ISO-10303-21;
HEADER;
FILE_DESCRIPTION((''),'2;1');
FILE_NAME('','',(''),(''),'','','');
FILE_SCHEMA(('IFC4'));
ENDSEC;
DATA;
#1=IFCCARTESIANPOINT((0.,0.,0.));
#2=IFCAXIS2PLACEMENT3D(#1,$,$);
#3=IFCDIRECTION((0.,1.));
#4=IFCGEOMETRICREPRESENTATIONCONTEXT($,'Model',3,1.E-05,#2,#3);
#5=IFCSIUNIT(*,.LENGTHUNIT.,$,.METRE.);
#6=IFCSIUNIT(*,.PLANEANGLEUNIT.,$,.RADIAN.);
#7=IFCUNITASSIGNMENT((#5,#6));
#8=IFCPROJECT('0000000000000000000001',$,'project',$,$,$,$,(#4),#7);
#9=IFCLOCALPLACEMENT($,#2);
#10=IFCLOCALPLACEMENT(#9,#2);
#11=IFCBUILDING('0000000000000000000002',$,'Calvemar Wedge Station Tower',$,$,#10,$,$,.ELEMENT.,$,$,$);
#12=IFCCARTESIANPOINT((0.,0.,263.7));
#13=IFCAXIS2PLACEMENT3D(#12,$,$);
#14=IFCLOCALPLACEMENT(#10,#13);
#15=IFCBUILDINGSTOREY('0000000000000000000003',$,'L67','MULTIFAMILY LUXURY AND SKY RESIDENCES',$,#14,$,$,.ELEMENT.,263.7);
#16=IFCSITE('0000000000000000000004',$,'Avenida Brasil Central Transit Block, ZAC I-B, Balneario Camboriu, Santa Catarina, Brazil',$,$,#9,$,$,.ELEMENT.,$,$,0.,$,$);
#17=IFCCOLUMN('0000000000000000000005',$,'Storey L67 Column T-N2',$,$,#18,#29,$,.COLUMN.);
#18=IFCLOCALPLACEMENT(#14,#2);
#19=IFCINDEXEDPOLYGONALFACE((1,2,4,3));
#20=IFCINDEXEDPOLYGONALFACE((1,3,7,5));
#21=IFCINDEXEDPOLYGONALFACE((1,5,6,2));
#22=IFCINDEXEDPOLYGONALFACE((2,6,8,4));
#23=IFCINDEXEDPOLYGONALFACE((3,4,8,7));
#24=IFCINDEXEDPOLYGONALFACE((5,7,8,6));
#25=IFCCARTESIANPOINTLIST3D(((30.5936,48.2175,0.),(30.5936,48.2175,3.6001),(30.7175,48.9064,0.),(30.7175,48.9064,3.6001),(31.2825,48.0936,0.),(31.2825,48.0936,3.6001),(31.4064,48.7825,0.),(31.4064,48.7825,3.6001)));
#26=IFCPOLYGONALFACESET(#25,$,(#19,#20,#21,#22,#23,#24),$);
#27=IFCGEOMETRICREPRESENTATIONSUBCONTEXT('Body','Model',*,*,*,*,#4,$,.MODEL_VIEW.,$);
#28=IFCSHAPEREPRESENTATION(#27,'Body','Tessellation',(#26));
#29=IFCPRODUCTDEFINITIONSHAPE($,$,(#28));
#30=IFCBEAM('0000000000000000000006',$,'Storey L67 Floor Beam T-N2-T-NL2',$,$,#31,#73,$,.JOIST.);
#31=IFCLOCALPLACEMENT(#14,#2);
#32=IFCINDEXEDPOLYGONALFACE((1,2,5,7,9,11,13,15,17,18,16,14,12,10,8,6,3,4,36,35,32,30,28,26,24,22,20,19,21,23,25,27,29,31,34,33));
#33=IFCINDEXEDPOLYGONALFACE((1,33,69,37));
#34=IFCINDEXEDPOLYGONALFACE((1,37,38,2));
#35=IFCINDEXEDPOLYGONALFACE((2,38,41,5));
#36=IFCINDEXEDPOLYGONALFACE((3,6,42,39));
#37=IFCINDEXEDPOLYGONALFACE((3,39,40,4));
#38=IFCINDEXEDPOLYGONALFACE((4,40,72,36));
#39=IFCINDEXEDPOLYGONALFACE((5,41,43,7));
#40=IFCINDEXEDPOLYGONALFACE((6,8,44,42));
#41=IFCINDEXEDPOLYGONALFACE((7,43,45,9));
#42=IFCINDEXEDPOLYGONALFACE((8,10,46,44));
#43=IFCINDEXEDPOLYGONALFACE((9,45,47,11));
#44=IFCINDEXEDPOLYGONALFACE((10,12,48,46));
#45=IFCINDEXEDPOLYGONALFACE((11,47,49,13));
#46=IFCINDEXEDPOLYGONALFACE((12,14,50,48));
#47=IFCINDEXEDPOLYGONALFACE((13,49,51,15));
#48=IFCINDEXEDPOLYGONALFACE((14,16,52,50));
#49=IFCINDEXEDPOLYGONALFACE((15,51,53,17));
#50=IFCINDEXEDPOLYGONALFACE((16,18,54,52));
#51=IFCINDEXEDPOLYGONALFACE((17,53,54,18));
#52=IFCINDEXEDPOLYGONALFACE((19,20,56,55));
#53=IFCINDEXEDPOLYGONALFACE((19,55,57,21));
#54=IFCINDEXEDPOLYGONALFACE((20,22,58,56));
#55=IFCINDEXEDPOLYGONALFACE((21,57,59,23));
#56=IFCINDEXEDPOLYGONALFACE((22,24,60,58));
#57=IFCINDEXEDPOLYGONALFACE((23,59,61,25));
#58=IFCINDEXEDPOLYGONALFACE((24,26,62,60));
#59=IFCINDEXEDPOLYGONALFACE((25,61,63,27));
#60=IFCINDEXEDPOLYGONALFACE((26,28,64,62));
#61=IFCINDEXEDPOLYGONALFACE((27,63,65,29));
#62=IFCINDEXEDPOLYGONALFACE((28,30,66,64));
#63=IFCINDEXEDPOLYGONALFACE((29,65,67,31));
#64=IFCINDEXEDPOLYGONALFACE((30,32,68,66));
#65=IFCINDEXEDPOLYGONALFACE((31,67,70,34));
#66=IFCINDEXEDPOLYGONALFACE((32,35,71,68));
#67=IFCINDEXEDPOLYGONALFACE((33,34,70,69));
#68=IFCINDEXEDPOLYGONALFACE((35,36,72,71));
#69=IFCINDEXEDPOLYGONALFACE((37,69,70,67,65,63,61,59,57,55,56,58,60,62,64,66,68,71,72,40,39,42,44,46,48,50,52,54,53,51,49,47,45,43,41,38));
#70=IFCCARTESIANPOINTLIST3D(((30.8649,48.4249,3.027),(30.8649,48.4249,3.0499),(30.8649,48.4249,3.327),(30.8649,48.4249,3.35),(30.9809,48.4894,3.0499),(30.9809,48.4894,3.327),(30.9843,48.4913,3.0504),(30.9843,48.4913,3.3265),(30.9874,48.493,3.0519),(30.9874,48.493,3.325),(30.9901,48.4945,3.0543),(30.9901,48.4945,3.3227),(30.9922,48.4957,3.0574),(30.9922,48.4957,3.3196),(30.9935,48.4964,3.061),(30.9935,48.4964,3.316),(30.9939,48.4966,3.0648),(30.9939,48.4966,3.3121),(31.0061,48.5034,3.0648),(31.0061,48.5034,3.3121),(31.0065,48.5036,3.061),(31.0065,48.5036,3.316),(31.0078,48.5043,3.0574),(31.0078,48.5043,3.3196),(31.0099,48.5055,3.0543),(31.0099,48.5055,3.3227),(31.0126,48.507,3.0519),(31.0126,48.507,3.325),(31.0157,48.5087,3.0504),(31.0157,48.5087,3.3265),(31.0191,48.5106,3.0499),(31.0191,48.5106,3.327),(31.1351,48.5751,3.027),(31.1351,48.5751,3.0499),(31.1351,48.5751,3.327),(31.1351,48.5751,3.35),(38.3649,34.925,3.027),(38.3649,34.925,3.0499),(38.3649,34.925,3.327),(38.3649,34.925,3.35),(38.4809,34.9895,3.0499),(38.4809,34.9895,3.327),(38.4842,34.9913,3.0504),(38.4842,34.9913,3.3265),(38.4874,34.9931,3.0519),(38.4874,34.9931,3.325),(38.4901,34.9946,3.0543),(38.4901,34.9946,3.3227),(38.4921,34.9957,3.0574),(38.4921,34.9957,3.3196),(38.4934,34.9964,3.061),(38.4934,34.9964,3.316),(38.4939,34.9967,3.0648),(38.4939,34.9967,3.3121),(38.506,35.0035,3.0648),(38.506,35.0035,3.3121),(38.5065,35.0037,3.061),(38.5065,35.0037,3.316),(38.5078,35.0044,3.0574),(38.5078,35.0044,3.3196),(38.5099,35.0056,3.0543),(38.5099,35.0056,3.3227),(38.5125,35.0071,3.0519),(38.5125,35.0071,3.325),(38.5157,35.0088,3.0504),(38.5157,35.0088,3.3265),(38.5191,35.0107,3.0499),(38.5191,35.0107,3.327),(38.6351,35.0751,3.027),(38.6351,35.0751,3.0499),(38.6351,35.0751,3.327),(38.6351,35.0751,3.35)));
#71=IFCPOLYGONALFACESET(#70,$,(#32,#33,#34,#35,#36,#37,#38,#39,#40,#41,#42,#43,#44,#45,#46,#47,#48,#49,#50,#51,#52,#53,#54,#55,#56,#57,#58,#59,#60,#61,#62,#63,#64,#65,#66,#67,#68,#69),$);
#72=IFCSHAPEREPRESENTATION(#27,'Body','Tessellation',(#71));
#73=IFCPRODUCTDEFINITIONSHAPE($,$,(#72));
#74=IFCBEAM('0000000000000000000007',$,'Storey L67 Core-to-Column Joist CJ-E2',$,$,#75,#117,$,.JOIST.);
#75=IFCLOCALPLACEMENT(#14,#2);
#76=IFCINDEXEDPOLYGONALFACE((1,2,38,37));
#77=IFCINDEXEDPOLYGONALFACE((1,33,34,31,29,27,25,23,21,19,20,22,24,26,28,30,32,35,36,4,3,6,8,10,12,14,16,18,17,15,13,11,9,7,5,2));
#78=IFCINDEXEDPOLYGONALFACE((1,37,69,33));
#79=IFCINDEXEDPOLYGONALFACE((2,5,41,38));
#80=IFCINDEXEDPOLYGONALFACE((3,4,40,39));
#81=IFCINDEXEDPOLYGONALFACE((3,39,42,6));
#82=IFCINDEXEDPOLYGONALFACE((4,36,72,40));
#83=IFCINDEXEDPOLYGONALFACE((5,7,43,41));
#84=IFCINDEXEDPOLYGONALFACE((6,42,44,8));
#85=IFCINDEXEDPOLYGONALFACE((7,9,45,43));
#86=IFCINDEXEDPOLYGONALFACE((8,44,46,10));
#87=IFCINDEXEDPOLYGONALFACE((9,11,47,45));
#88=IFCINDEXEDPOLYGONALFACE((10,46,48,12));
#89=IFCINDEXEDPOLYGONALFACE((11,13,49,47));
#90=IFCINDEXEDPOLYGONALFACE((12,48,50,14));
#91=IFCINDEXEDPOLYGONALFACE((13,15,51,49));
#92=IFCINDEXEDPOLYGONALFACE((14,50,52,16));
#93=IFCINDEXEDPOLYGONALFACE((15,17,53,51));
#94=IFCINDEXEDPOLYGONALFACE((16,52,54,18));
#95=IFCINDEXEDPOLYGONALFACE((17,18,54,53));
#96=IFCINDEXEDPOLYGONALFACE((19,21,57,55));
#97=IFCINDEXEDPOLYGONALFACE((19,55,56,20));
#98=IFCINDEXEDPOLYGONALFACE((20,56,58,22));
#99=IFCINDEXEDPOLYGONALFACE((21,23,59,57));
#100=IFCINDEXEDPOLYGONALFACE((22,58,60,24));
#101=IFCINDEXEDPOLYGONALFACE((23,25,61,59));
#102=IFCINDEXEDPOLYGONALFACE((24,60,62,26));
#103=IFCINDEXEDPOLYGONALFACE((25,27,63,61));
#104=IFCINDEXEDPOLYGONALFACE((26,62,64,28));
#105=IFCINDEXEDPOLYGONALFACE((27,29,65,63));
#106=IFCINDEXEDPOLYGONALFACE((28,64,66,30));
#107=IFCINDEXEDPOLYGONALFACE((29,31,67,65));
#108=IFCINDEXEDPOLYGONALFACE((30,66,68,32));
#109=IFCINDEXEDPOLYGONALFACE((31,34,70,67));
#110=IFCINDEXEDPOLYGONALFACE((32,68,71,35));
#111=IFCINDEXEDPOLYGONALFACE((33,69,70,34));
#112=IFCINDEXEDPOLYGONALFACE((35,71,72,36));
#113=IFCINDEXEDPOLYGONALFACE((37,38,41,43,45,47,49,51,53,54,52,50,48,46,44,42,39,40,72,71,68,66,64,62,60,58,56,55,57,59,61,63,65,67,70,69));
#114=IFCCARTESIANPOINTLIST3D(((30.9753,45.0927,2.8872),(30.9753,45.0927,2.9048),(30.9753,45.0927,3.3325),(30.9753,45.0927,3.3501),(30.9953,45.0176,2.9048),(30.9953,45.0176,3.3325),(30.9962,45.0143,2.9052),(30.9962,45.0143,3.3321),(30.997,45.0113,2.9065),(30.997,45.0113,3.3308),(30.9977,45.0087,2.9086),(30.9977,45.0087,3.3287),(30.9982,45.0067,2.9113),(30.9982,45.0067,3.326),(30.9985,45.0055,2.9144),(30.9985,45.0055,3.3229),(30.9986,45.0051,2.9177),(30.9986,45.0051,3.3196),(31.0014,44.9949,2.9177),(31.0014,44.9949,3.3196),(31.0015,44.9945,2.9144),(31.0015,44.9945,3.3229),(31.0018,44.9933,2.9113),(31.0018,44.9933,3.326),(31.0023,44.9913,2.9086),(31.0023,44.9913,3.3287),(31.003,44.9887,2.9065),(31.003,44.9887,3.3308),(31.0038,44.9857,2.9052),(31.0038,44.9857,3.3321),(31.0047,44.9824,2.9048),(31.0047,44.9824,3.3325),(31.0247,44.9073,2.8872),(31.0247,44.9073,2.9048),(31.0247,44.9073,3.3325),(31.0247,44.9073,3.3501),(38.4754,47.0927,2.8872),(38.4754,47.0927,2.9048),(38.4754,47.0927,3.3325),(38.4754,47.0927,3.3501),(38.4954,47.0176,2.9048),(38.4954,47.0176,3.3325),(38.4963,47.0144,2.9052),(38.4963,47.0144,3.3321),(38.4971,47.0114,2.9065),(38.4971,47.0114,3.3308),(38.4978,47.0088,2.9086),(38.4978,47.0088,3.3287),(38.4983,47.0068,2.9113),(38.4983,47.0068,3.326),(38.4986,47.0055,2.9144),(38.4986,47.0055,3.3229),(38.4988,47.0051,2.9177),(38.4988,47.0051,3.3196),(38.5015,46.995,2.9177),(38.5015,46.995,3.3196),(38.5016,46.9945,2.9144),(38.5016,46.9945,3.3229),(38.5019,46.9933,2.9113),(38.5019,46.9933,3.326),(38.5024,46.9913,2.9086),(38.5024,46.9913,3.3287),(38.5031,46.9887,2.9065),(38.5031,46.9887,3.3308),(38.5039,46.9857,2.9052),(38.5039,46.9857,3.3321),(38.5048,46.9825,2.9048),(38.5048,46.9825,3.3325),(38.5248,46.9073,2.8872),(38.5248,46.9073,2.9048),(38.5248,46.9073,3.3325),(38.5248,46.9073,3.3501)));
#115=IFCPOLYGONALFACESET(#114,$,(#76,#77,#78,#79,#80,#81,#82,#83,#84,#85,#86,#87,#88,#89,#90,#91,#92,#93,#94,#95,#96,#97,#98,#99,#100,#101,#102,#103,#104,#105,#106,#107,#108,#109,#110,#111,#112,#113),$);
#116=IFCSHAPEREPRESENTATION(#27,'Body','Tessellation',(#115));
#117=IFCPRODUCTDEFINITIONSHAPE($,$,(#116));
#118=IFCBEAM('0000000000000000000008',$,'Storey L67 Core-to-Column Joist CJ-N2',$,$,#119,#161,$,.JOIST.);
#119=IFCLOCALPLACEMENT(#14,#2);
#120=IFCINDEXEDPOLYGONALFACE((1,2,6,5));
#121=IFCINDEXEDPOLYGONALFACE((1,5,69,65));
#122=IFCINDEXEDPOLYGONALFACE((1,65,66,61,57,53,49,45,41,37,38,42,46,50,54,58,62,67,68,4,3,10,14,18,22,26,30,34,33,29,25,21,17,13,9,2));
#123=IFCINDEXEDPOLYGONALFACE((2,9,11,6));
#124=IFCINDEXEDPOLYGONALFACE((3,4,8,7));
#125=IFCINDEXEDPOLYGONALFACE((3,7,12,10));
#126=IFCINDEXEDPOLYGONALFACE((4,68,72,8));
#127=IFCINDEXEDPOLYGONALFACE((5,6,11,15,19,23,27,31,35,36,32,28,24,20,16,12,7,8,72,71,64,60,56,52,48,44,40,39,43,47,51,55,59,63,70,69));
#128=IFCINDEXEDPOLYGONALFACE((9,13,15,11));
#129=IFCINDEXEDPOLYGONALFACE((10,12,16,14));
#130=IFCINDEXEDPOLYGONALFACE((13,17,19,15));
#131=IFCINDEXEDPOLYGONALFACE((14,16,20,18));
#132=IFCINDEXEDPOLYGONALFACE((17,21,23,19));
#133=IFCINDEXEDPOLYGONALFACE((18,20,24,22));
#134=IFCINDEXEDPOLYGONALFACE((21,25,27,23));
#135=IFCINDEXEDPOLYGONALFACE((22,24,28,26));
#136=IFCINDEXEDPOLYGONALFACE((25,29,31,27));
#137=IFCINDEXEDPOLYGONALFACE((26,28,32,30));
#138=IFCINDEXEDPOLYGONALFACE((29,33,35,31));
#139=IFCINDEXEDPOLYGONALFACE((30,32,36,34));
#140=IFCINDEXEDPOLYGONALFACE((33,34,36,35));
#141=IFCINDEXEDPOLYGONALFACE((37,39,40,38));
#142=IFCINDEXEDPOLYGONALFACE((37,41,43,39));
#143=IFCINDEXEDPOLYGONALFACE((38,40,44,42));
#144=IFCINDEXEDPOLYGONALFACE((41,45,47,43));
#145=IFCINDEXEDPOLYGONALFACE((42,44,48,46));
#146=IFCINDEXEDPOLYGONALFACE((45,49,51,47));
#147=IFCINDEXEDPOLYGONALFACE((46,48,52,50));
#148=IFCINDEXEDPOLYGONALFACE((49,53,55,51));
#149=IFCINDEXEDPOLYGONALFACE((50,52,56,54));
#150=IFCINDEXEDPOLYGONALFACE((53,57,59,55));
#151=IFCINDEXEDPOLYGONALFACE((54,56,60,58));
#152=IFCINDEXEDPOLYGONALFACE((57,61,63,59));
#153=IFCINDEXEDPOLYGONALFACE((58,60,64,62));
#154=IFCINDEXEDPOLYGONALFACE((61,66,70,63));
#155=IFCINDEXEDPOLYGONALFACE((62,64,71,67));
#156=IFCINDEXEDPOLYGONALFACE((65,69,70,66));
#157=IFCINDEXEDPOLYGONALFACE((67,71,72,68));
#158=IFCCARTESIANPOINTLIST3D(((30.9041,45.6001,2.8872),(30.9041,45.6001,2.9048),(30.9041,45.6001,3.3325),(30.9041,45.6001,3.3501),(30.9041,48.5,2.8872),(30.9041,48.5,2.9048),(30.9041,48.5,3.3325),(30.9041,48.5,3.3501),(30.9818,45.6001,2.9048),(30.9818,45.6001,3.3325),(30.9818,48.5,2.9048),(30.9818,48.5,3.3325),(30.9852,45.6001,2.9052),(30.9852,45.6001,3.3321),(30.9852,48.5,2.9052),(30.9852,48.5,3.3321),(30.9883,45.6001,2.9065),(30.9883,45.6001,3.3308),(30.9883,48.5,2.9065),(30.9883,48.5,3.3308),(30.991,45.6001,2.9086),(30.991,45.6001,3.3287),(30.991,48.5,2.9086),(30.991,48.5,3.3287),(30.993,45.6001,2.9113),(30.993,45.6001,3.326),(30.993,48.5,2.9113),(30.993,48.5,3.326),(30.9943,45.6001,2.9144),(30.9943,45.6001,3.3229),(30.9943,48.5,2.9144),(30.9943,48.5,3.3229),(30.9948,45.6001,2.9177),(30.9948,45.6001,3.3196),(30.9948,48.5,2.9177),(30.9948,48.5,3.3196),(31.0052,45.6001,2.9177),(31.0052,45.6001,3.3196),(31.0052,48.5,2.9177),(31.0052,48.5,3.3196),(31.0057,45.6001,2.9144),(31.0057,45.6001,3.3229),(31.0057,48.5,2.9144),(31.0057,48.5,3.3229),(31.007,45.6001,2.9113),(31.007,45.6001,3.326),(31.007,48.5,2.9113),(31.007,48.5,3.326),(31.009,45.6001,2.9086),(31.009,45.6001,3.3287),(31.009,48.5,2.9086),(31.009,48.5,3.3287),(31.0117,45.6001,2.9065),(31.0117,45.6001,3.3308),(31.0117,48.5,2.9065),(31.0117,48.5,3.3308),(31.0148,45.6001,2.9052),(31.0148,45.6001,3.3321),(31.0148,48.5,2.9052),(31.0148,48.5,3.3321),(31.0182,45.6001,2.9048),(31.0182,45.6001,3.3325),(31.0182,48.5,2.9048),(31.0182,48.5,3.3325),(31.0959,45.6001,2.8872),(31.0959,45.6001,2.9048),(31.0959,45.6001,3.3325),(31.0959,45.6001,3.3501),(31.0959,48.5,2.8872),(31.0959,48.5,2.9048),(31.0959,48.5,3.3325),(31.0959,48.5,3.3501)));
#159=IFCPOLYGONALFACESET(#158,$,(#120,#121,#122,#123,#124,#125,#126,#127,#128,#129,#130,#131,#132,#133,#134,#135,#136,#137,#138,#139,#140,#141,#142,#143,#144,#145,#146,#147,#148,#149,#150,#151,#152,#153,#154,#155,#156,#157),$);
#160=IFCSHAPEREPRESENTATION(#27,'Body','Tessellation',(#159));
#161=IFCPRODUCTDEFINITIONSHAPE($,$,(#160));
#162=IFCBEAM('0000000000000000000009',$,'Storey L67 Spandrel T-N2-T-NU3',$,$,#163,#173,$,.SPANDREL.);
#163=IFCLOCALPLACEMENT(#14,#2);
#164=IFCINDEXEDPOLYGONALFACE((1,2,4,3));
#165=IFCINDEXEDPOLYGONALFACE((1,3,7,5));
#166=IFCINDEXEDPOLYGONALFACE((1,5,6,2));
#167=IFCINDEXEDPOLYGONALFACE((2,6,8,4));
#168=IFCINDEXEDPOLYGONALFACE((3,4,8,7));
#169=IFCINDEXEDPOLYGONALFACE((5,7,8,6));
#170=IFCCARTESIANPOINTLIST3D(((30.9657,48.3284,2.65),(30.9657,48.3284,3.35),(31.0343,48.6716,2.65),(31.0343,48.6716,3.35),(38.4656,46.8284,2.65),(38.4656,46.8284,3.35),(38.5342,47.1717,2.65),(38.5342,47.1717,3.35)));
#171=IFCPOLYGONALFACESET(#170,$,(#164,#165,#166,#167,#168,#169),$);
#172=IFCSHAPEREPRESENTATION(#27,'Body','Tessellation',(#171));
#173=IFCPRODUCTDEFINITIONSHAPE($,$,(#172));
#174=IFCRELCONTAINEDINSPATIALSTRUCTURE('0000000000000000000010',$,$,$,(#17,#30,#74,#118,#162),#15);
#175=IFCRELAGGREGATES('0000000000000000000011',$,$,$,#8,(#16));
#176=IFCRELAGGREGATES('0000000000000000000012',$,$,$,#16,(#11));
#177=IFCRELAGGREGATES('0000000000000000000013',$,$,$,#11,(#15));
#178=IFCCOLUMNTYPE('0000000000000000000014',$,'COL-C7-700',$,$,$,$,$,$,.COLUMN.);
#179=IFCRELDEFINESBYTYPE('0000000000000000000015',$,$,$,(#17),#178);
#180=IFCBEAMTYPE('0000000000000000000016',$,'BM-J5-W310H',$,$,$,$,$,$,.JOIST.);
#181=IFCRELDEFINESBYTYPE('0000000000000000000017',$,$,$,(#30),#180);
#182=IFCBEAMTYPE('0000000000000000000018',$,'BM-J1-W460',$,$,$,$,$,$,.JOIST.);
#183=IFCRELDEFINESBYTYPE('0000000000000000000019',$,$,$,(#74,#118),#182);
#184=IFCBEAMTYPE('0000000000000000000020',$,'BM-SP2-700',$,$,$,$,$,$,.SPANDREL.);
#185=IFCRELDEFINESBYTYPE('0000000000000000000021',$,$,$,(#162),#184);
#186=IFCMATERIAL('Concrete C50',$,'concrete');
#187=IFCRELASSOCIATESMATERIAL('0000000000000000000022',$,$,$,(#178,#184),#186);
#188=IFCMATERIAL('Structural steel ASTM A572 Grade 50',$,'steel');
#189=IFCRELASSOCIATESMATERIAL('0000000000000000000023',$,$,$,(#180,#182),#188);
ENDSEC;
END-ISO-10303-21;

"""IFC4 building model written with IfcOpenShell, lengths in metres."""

from ifc_helpers import new_model, si_unit, direction, frame, origin, origin_2d, place, context, subcontext, project, spatial, rectangle, i_section, extrude, source, transform, mapped, material, material_profile, profile_set, type_object, element, save


model = new_model("IFC4")

# Units and contexts
model_context = context("Model", 3, precision=1e-05, world=origin(), true_north=direction((0.0, 1.0)))
body_context = subcontext(model_context, "Body", "Model", "MODEL_VIEW")
ifc_project = project(units=[si_unit("LENGTHUNIT", "METRE"), si_unit("PLANEANGLEUNIT", "RADIAN")], contexts=[model_context])

# Site, building, storey
site_placement = place(None, origin())
site = spatial("IfcSite", under=ifc_project, at=site_placement, Name="Avenida Brasil Central Transit Block, ZAC I-B, Balneario Camboriu, Santa Catarina, Brazil", CompositionType="ELEMENT", RefElevation=0.0)
building_placement = place(site_placement, origin())
building = spatial("IfcBuilding", under=site, at=building_placement, Name="Calvemar Wedge Station Tower", CompositionType="ELEMENT")
storey_placement = place(building_placement, frame((0.0, 0.0, 263.7)))
storey = spatial("IfcBuildingStorey", under=building, at=storey_placement, Name="L67", Description="MULTIFAMILY LUXURY AND SKY RESIDENCES", CompositionType="ELEMENT", Elevation=263.7)

# Column
ifc_material_1 = material(Name="Concrete C50", Category="concrete")
ifc_material_profile_1 = material_profile(ifc_material_1, rectangle(XDim=0.7, YDim=0.7, at=origin_2d()), Name="RC700x700")
ifc_profile_set_1 = profile_set([ifc_material_profile_1], Name="Concrete C50")
column_type = type_object("IfcColumnType", Name="COL-C7-700", PredefinedType="COLUMN", material=ifc_profile_set_1)
shared_shape_1 = source(origin(), body_context, "Body", "SweptSolid", [
    extrude(rectangle(XDim=0.7, YDim=0.7, at=origin_2d()), origin(), (0.0, 0.0, 1.0), 3.6001),
])
column_placement = place(storey_placement, frame((31.0, 48.5, 0.0), z_axis=(0.0, 0.0, 1.0), x_axis=(0.984196, -0.177085, 0.0)))
element("IfcColumn", 1, at=column_placement, inside=storey, type_object=column_type, Name="Storey L67 Column T-N2", PredefinedType="COLUMN", context=body_context, shape_type="MappedRepresentation", body=[
    mapped(shared_shape_1, transform((0.0, 0.0, 0.0), scale=1.0)),
])

# Beams
ifc_material_2 = material(Name="Structural steel ASTM A572 Grade 50", Category="steel")
ifc_material_profile_2 = material_profile(ifc_material_2, i_section(OverallWidth=0.3091, OverallDepth=0.323, WebThickness=0.0139, FlangeThickness=0.0229, FilletRadius=0.0149, at=origin_2d()), Name="W310x143")
ifc_profile_set_2 = profile_set([ifc_material_profile_2], Name="Structural steel ASTM A572 Grade 50")
beam_type_1 = type_object("IfcBeamType", Name="BM-J5-W310H", PredefinedType="JOIST", material=ifc_profile_set_2)
shared_shape_2 = source(origin(), body_context, "Body", "SweptSolid", [
    extrude(i_section(OverallWidth=0.3091, OverallDepth=0.323, WebThickness=0.0139, FlangeThickness=0.0229, FilletRadius=0.0149, at=origin_2d()), origin(), (0.0, 0.0, 1.0), 15.4434),
])
beam_1_placement = place(storey_placement, frame((31.0, 48.5, 3.1885), z_axis=(0.485643, -0.874157, 0.0), x_axis=(0.874157, 0.485643, 0.0)))
element("IfcBeam", 2, at=beam_1_placement, inside=storey, type_object=beam_type_1, Name="Storey L67 Floor Beam T-N2-T-NL2", PredefinedType="JOIST", context=body_context, shape_type="MappedRepresentation", body=[
    mapped(shared_shape_2, transform((0.0, 0.0, 0.0), scale=1.0)),
])
ifc_material_profile_3 = material_profile(ifc_material_2, i_section(OverallWidth=0.1919, OverallDepth=0.4629, WebThickness=0.0105, FlangeThickness=0.0176, FilletRadius=0.0129, at=origin_2d()), Name="W460x89")
ifc_profile_set_3 = profile_set([ifc_material_profile_3], Name="Structural steel ASTM A572 Grade 50")
beam_type_2 = type_object("IfcBeamType", Name="BM-J1-W460", PredefinedType="JOIST", material=ifc_profile_set_3)
shared_shape_3 = source(origin(), body_context, "Body", "SweptSolid", [
    extrude(i_section(OverallWidth=0.1919, OverallDepth=0.4629, WebThickness=0.0105, FlangeThickness=0.0176, FilletRadius=0.0129, at=origin_2d()), origin(), (0.0, 0.0, 1.0), 7.7622),
])
beam_2_placement = place(storey_placement, frame((31.0, 45.0, 3.1187), z_axis=(0.966235, 0.257663, 0.0), x_axis=(-0.257663, 0.966235, 0.0)))
element("IfcBeam", 3, at=beam_2_placement, inside=storey, type_object=beam_type_2, Name="Storey L67 Core-to-Column Joist CJ-E2", PredefinedType="JOIST", context=body_context, shape_type="MappedRepresentation", body=[
    mapped(shared_shape_3, transform((0.0, 0.0, 0.0), scale=1.0)),
])
shared_shape_4 = source(origin(), body_context, "Body", "SweptSolid", [
    extrude(i_section(OverallWidth=0.1919, OverallDepth=0.4629, WebThickness=0.0105, FlangeThickness=0.0176, FilletRadius=0.0129, at=origin_2d()), origin(), (0.0, 0.0, 1.0), 2.8999),
])
beam_3_placement = place(storey_placement, frame((31.0, 45.6001, 3.1187), z_axis=(0.0, 1.0, 0.0), x_axis=(-1.0, 0.0, 0.0)))
element("IfcBeam", 4, at=beam_3_placement, inside=storey, type_object=beam_type_2, Name="Storey L67 Core-to-Column Joist CJ-N2", PredefinedType="JOIST", context=body_context, shape_type="MappedRepresentation", body=[
    mapped(shared_shape_4, transform((0.0, 0.0, 0.0), scale=1.0)),
])
ifc_material_profile_4 = material_profile(ifc_material_1, rectangle(XDim=0.3501, YDim=0.7, at=origin_2d()), Name="RC350x700")
ifc_profile_set_4 = profile_set([ifc_material_profile_4], Name="Concrete C50")
beam_type_3 = type_object("IfcBeamType", Name="BM-SP2-700", PredefinedType="SPANDREL", material=ifc_profile_set_4)
shared_shape_5 = source(origin(), body_context, "Body", "SweptSolid", [
    extrude(rectangle(XDim=0.3501, YDim=0.7, at=origin_2d()), origin(), (0.0, 0.0, 1.0), 7.6484),
])
beam_4_placement = place(storey_placement, frame((31.0, 48.5, 3.0), z_axis=(0.980581, -0.196116, 0.0), x_axis=(0.196116, 0.980581, 0.0)))
element("IfcBeam", 5, at=beam_4_placement, inside=storey, type_object=beam_type_3, Name="Storey L67 Spandrel T-N2-T-NU3", PredefinedType="SPANDREL", context=body_context, shape_type="MappedRepresentation", body=[
    mapped(shared_shape_5, transform((0.0, 0.0, 0.0), scale=1.0)),
])

save(model, "model.ifc")
